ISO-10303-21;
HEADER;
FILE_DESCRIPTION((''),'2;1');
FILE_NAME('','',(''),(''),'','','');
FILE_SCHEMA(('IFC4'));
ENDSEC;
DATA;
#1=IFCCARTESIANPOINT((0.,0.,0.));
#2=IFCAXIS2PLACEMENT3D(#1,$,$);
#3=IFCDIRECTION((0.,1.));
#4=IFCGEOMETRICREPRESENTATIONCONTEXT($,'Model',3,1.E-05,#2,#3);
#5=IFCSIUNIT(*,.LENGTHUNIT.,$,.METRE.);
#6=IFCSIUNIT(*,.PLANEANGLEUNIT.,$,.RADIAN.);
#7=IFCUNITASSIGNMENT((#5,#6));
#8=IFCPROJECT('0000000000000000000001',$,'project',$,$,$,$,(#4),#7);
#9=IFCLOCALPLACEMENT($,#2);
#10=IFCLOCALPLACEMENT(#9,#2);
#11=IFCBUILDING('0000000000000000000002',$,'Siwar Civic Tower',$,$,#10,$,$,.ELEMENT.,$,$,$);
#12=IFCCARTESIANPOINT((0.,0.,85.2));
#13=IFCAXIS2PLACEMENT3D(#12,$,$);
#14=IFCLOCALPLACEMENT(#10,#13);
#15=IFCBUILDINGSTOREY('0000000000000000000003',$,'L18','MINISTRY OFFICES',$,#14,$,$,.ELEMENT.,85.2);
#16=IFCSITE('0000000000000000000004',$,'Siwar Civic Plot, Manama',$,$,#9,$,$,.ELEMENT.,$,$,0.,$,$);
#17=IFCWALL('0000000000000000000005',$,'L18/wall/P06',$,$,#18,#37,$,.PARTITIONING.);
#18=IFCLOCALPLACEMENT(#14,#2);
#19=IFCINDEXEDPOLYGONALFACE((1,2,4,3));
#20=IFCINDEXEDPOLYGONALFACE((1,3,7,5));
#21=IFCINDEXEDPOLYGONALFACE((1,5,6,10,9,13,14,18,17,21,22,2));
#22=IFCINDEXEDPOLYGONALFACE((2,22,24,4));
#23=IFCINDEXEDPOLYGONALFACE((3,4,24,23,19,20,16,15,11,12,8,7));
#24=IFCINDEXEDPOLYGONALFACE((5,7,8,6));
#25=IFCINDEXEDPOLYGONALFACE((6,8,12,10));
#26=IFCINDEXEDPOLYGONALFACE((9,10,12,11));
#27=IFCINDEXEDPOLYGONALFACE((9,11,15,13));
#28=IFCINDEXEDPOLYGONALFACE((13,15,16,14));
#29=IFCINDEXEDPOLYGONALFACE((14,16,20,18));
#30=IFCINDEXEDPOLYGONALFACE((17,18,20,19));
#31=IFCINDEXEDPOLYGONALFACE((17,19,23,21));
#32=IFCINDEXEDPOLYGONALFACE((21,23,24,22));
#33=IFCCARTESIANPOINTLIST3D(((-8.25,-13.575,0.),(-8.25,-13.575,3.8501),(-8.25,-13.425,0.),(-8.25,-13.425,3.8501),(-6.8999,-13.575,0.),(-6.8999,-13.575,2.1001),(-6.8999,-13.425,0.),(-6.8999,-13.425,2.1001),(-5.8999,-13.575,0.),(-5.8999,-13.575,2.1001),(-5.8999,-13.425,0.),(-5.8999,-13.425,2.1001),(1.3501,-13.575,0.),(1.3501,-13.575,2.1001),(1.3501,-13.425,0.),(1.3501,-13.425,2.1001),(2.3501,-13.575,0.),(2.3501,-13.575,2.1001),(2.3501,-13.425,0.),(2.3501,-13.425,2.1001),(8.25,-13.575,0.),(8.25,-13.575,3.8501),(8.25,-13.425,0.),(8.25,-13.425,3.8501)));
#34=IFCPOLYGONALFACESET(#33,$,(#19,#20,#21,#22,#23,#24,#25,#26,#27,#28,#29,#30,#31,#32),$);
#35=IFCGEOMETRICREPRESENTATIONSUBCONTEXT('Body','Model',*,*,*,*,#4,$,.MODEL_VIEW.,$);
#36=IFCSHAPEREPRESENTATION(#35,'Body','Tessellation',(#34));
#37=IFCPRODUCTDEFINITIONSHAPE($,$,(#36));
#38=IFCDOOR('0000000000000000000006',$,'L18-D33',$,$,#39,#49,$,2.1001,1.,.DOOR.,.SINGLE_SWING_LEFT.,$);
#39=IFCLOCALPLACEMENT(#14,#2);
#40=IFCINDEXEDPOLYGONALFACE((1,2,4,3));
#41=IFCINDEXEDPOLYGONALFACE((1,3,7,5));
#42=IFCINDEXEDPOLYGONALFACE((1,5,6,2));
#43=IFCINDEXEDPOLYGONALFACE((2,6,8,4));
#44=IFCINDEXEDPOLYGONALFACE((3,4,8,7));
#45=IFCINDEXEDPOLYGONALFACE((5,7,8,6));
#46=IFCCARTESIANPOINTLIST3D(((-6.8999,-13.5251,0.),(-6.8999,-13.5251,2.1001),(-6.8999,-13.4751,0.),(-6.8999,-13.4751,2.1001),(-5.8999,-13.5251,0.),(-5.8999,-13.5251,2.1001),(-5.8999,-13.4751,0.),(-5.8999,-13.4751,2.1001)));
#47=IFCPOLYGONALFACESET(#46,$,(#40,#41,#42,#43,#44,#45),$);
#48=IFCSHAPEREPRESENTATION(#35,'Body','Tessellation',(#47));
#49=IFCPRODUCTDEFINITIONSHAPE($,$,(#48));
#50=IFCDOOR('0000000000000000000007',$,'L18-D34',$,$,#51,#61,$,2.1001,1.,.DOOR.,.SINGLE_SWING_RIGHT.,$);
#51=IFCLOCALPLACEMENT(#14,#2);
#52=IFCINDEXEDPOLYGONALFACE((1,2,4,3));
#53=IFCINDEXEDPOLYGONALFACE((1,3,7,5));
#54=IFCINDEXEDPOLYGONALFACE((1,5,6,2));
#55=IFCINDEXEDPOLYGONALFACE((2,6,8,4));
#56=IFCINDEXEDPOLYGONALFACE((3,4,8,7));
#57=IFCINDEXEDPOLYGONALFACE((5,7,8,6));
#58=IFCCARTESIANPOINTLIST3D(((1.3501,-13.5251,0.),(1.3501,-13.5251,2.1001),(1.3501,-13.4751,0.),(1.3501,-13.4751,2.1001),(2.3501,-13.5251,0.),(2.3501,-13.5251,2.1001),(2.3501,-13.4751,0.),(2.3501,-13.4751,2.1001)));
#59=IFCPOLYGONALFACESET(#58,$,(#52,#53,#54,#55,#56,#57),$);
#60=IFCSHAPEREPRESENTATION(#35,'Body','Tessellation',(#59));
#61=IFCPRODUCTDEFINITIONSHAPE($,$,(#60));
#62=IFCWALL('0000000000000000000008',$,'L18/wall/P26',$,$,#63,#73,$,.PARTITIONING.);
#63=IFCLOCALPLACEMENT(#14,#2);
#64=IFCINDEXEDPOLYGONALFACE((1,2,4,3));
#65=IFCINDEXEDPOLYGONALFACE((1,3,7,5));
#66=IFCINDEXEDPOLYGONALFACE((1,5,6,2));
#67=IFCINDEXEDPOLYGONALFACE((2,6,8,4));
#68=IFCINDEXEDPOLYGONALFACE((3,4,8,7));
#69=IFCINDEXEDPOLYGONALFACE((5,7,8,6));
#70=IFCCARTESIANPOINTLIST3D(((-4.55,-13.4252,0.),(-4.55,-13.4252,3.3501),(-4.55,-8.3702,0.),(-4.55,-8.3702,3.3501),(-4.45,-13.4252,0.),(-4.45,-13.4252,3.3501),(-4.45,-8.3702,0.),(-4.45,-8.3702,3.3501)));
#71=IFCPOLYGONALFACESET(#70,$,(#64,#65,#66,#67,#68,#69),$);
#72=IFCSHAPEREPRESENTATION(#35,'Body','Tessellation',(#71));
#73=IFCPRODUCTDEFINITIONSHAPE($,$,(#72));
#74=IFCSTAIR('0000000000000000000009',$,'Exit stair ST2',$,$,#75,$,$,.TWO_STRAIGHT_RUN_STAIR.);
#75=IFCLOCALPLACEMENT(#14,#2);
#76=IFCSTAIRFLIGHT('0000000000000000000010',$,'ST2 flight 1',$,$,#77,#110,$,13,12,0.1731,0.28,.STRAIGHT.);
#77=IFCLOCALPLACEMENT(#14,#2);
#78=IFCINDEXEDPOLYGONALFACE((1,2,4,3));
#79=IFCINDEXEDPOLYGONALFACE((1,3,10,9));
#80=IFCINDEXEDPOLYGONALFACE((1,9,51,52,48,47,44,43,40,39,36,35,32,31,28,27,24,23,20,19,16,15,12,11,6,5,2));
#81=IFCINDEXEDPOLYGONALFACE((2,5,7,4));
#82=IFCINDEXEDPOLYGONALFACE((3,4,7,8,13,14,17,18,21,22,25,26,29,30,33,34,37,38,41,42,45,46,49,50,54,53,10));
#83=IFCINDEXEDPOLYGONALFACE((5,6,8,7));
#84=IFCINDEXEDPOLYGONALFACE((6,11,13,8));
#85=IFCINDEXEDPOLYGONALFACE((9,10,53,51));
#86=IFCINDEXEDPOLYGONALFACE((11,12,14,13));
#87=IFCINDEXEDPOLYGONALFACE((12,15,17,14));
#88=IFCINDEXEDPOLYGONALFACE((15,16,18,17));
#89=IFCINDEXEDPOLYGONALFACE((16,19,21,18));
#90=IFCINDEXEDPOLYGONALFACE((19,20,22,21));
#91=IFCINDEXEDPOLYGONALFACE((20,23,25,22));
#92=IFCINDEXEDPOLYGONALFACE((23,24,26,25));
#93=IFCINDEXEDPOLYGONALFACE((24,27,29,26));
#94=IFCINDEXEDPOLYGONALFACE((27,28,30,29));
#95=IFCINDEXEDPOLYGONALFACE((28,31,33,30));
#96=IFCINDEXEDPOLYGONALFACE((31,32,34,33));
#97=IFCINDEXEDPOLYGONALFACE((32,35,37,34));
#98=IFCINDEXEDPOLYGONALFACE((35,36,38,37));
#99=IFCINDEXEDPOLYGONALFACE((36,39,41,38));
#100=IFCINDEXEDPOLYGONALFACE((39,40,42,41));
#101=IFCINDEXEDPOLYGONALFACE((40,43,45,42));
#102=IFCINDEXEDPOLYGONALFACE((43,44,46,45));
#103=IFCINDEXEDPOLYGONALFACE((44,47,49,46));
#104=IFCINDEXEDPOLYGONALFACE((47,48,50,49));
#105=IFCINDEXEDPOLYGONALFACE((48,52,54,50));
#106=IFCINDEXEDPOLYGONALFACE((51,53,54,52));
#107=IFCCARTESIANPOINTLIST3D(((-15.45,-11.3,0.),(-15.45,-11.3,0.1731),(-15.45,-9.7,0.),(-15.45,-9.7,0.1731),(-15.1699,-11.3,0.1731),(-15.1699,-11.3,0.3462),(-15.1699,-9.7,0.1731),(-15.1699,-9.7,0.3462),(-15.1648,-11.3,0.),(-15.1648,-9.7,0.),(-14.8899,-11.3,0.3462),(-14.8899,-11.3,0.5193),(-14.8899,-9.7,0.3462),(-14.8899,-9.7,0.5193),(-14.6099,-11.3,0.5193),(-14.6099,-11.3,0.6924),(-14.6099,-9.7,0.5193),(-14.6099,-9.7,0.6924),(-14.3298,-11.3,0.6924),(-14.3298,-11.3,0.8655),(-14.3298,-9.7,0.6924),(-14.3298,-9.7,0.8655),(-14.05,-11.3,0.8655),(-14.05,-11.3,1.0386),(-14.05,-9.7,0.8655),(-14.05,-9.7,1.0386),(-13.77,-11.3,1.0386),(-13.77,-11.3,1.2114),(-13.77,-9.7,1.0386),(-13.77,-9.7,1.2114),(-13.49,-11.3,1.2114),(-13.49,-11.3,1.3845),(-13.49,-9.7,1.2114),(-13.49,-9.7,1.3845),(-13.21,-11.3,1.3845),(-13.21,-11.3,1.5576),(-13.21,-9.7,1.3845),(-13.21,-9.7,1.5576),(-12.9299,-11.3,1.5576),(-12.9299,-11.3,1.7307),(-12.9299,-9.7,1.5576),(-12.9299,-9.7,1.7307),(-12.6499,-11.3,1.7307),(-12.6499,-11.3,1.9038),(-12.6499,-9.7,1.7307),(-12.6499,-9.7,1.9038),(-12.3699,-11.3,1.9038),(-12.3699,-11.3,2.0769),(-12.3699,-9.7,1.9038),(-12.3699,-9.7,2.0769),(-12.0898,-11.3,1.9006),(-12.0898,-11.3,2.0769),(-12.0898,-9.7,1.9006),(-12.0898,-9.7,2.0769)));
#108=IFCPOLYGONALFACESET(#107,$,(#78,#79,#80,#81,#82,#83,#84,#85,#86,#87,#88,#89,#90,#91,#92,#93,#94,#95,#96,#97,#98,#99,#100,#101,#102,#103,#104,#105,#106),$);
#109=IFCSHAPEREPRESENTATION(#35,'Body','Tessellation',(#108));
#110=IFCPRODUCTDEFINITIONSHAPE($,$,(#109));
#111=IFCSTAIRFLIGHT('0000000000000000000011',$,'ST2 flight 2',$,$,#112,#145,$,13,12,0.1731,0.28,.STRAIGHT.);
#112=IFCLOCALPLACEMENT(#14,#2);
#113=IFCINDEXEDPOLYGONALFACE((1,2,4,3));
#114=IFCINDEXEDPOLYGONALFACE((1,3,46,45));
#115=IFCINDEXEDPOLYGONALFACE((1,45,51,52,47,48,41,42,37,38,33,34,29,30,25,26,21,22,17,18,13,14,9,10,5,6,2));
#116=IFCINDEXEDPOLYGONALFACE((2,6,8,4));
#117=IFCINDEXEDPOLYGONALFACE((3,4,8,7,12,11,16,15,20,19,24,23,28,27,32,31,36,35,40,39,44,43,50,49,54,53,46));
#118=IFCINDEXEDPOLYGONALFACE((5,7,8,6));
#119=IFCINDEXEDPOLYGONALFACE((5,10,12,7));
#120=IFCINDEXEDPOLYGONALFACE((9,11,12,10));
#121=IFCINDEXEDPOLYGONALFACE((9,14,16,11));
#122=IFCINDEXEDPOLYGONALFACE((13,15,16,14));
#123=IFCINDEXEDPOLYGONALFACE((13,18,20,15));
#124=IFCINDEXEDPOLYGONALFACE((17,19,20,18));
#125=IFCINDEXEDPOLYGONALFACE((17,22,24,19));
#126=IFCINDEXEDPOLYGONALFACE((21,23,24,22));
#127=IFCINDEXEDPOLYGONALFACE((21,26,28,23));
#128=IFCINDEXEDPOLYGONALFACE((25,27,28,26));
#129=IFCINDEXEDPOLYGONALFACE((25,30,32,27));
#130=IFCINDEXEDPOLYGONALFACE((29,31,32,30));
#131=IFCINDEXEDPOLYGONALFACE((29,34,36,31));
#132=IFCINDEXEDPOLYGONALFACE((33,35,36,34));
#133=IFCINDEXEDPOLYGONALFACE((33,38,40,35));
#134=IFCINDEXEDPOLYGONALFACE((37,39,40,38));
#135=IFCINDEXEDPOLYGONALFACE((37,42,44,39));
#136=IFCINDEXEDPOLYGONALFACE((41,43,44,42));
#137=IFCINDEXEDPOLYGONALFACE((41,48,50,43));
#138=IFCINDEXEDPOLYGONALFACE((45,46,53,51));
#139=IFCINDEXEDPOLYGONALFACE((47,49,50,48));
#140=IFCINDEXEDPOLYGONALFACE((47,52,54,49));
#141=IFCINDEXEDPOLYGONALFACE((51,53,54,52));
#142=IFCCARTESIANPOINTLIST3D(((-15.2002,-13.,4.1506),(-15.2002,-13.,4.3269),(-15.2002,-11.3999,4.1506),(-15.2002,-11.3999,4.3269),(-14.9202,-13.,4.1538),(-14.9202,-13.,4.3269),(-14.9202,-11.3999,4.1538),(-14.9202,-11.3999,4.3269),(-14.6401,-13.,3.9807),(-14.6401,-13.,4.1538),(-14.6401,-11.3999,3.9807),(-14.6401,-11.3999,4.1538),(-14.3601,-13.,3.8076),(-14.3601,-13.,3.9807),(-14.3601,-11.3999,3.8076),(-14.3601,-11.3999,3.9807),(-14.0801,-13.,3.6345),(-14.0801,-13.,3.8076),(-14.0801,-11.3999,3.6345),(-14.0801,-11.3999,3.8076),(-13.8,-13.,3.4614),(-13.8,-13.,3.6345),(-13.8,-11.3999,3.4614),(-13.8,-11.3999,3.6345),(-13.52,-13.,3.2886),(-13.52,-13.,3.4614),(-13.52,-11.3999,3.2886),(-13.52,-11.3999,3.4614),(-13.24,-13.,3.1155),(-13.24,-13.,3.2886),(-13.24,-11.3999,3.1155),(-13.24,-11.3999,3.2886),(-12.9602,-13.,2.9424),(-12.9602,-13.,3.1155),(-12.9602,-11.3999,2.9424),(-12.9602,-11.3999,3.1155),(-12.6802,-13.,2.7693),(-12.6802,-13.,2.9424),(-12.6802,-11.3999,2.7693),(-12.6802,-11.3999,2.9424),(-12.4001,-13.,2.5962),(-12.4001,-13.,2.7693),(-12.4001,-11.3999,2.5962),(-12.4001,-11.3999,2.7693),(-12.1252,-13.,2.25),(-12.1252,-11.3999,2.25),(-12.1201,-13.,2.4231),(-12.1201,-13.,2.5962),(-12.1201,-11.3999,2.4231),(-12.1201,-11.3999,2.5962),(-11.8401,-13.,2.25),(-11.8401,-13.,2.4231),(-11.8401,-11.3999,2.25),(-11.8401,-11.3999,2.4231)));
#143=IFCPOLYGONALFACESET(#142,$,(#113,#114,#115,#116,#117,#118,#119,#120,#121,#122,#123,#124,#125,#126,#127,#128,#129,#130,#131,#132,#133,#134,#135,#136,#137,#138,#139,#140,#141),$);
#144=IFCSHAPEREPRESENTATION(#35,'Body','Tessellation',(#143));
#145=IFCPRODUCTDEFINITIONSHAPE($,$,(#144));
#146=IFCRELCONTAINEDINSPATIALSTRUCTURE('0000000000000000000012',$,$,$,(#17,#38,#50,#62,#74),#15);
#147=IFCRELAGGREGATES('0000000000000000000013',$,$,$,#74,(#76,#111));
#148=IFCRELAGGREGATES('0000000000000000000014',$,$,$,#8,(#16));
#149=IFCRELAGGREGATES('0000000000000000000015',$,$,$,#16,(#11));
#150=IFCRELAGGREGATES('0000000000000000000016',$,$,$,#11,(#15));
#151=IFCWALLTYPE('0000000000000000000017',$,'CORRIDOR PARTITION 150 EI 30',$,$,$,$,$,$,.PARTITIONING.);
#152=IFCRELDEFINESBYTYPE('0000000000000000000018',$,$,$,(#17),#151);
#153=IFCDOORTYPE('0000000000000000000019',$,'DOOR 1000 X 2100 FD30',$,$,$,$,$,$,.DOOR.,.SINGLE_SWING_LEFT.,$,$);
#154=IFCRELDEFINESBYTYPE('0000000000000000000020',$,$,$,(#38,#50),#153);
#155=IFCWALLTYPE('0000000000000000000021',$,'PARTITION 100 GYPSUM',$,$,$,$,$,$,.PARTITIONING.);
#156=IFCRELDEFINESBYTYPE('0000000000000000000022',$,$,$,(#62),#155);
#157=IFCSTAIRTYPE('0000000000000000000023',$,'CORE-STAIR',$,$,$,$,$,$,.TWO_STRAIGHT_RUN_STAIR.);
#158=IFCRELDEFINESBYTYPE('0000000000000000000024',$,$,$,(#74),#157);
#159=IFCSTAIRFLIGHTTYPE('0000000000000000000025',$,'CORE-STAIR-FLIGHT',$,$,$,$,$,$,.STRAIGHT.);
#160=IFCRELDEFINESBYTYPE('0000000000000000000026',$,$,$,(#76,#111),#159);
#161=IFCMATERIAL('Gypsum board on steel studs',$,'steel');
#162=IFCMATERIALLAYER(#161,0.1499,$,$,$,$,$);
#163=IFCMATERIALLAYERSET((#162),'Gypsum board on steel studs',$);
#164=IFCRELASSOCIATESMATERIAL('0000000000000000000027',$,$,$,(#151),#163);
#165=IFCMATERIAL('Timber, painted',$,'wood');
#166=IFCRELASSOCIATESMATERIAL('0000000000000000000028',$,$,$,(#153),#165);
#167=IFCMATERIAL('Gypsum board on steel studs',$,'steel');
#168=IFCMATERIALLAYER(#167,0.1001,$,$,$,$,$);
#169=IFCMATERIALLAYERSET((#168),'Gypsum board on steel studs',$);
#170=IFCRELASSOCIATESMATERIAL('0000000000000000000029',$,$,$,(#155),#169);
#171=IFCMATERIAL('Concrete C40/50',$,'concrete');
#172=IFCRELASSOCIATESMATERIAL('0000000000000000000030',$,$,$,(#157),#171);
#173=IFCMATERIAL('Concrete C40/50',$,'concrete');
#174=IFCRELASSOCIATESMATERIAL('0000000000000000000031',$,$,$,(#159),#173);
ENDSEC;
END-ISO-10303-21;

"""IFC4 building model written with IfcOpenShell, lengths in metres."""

from ifc_helpers import new_model, si_unit, direction, frame, frame_2d, origin, place, context, subcontext, project, spatial, polyline, rectangle, outline, extrude, material, layer, layer_set, type_object, element, fill, aggregate, save


model = new_model("IFC4")

# Units and contexts
model_context = context("Model", 3, precision=1e-05, world=origin(), true_north=direction((0.0, 1.0)))
body_context = subcontext(model_context, "Body", "Model", "MODEL_VIEW")
ifc_project = project(units=[si_unit("LENGTHUNIT", "METRE"), si_unit("PLANEANGLEUNIT", "RADIAN")], contexts=[model_context])

# Site, building, storey
site_placement = place(None, origin())
site = spatial("IfcSite", under=ifc_project, at=site_placement, Name="Siwar Civic Plot, Manama", CompositionType="ELEMENT", RefElevation=0.0)
building_placement = place(site_placement, origin())
building = spatial("IfcBuilding", under=site, at=building_placement, Name="Siwar Civic Tower", CompositionType="ELEMENT")
storey_placement = place(building_placement, frame((0.0, 0.0, 85.2)))
storey = spatial("IfcBuildingStorey", under=building, at=storey_placement, Name="L18", Description="MINISTRY OFFICES", CompositionType="ELEMENT", Elevation=85.2)

# Wall, openings, doors
ifc_material_1 = material(Name="Gypsum board on steel studs", Category="steel")
ifc_layer_1 = layer(ifc_material_1, 0.1499)
ifc_layer_set_1 = layer_set([ifc_layer_1], Name="Gypsum board on steel studs")
wall_type_1 = type_object("IfcWallType", Name="CORRIDOR PARTITION 150 EI 30", PredefinedType="PARTITIONING", material=ifc_layer_set_1)
wall_1_placement = place(storey_placement, frame((-8.25, -13.5, 0.0), z_axis=(0.0, 0.0, 1.0), x_axis=(1.0, 0.0, 0.0)))
wall_1 = element("IfcWall", 1, at=wall_1_placement, inside=storey, type_object=wall_type_1, Name="L18/wall/P06", PredefinedType="PARTITIONING", context=body_context, shape_type="SweptSolid", body=[
    extrude(rectangle(XDim=16.5, YDim=0.1499, at=frame_2d((8.25, 0.0))), origin(), (0.0, 0.0, 1.0), 3.8501),
])
opening_1_placement = place(wall_1_placement, frame((1.3501, 0.0, 0.0)))
opening_1 = element("IfcOpeningElement", 2, at=opening_1_placement, cuts=wall_1, PredefinedType="OPENING", context=body_context, shape_type="SweptSolid", body=[
    extrude(rectangle(XDim=1.0, YDim=2.1001, at=frame_2d((0.5, 1.05))), frame((0.0, 0.085, 0.0), z_axis=(0.0, -1.0, 0.0), x_axis=(1.0, 0.0, 0.0)), (0.0, 0.0, 1.0), 0.1699),
])
opening_2_placement = place(wall_1_placement, frame((9.6001, 0.0, 0.0)))
opening_2 = element("IfcOpeningElement", 3, at=opening_2_placement, cuts=wall_1, PredefinedType="OPENING", context=body_context, shape_type="SweptSolid", body=[
    extrude(rectangle(XDim=1.0, YDim=2.1001, at=frame_2d((0.5, 1.05))), frame((0.0, 0.085, 0.0), z_axis=(0.0, -1.0, 0.0), x_axis=(1.0, 0.0, 0.0)), (0.0, 0.0, 1.0), 0.1699),
])
ifc_material_2 = material(Name="Timber, painted", Category="wood")
door_type_1 = type_object("IfcDoorType", Name="DOOR 1000 X 2100 FD30", OperationType="SINGLE_SWING_LEFT", PredefinedType="DOOR", material=ifc_material_2)
door_1_placement = place(opening_1_placement, origin())
door_1 = element("IfcDoor", 4, at=door_1_placement, inside=storey, type_object=door_type_1, Name="L18-D33", OperationType="SINGLE_SWING_LEFT", OverallHeight=2.1001, OverallWidth=1.0, PredefinedType="DOOR", context=body_context, shape_type="SweptSolid", body=[
    extrude(rectangle(XDim=1.0, YDim=2.1001, at=frame_2d((0.5, 1.05))), frame((0.0, 0.0249, 0.0), z_axis=(0.0, -1.0, 0.0), x_axis=(1.0, 0.0, 0.0)), (0.0, 0.0, 1.0), 0.05),
])
fill(opening_1, door_1)
door_2_placement = place(opening_2_placement, origin())
door_2 = element("IfcDoor", 5, at=door_2_placement, inside=storey, type_object=door_type_1, Name="L18-D34", OperationType="SINGLE_SWING_RIGHT", OverallHeight=2.1001, OverallWidth=1.0, PredefinedType="DOOR", context=body_context, shape_type="SweptSolid", body=[
    extrude(rectangle(XDim=1.0, YDim=2.1001, at=frame_2d((0.5, 1.05))), frame((0.0, 0.0249, 0.0), z_axis=(0.0, -1.0, 0.0), x_axis=(1.0, 0.0, 0.0)), (0.0, 0.0, 1.0), 0.05),
])
fill(opening_2, door_2)

# Wall
ifc_material_3 = material(Name="Gypsum board on steel studs", Category="steel")
ifc_layer_2 = layer(ifc_material_3, 0.1001)
ifc_layer_set_2 = layer_set([ifc_layer_2], Name="Gypsum board on steel studs")
wall_type_2 = type_object("IfcWallType", Name="PARTITION 100 GYPSUM", PredefinedType="PARTITIONING", material=ifc_layer_set_2)
wall_2_placement = place(storey_placement, frame((-4.5, -13.425, 0.0), z_axis=(0.0, 0.0, 1.0), x_axis=(0.0, 1.0, 0.0)))
element("IfcWall", 6, at=wall_2_placement, inside=storey, type_object=wall_type_2, Name="L18/wall/P26", PredefinedType="PARTITIONING", context=body_context, shape_type="SweptSolid", body=[
    extrude(rectangle(XDim=5.0549, YDim=0.1001, at=frame_2d((2.5273, 0.0))), origin(), (0.0, 0.0, 1.0), 3.3501),
])

# Stair, stair flights
ifc_material_4 = material(Name="Concrete C40/50", Category="concrete")
stair_type = type_object("IfcStairType", Name="CORE-STAIR", PredefinedType="TWO_STRAIGHT_RUN_STAIR", material=ifc_material_4)
stair_placement = place(storey_placement, origin())
stair = element("IfcStair", 7, at=stair_placement, inside=storey, type_object=stair_type, Name="Exit stair ST2", PredefinedType="TWO_STRAIGHT_RUN_STAIR")
ifc_material_5 = material(Name="Concrete C40/50", Category="concrete")
stair_flight_type = type_object("IfcStairFlightType", Name="CORE-STAIR-FLIGHT", PredefinedType="STRAIGHT", material=ifc_material_5)
stair_flight_1_placement = place(storey_placement, frame((-15.45, -10.5, 0.0), z_axis=(0.0, 0.0, 1.0), x_axis=(1.0, 0.0, 0.0)))
stair_flight_1 = element("IfcStairFlight", 8, at=stair_flight_1_placement, type_object=stair_flight_type, Name="ST2 flight 1", NumberOfRisers=13, NumberOfTreads=12, PredefinedType="STRAIGHT", RiserHeight=0.1731, TreadLength=0.28, context=body_context, shape_type="SweptSolid", body=[
    extrude(outline(polyline([(0.0, 0.0), (0.0, 0.1731), (0.28, 0.1731), (0.28, 0.3462), (0.5601, 0.3462), (0.5601, 0.5193), (0.8401, 0.5193), (0.8401, 0.6924), (1.1201, 0.6924), (1.1201, 0.8655), (1.3999, 0.8655), (1.3999, 1.0386), (1.6799, 1.0386), (1.6799, 1.2114), (1.96, 1.2114), (1.96, 1.3845), (2.24, 1.3845), (2.24, 1.5576), (2.52, 1.5576), (2.52, 1.7307), (2.8, 1.7307), (2.8, 1.9038), (3.0801, 1.9038), (3.0801, 2.0769), (3.3601, 2.0769), (3.3601, 2.25), (3.3601, 1.9006), (0.2852, 0.0), (0.0, 0.0)])), frame((0.0, 0.8, 0.0), z_axis=(0.0, -1.0, 0.0), x_axis=(1.0, 0.0, 0.0)), (0.0, 0.0, 1.0), 1.6001),
])
stair_flight_2_placement = place(storey_placement, frame((-11.8401, -12.2, 2.25), z_axis=(0.0, 0.0, 1.0), x_axis=(-1.0, 0.0, 0.0)))
stair_flight_2 = element("IfcStairFlight", 9, at=stair_flight_2_placement, type_object=stair_flight_type, Name="ST2 flight 2", NumberOfRisers=13, NumberOfTreads=12, PredefinedType="STRAIGHT", RiserHeight=0.1731, TreadLength=0.28, context=body_context, shape_type="SweptSolid", body=[
    extrude(outline(polyline([(0.0, 0.0), (0.0, 0.1731), (0.28, 0.1731), (0.28, 0.3462), (0.5601, 0.3462), (0.5601, 0.5193), (0.8401, 0.5193), (0.8401, 0.6924), (1.1201, 0.6924), (1.1201, 0.8655), (1.3999, 0.8655), (1.3999, 1.0386), (1.6799, 1.0386), (1.6799, 1.2114), (1.96, 1.2114), (1.96, 1.3845), (2.24, 1.3845), (2.24, 1.5576), (2.52, 1.5576), (2.52, 1.7307), (2.8, 1.7307), (2.8, 1.9038), (3.0801, 1.9038), (3.0801, 2.0769), (3.3601, 2.0769), (3.3601, 2.25), (3.3601, 1.9006), (0.2852, 0.0), (0.0, 0.0)])), frame((0.0, 0.8, 0.0), z_axis=(0.0, -1.0, 0.0), x_axis=(1.0, 0.0, 0.0)), (0.0, 0.0, 1.0), 1.6001),
])
aggregate(stair, [stair_flight_1, stair_flight_2])

save(model, "model.ifc")
